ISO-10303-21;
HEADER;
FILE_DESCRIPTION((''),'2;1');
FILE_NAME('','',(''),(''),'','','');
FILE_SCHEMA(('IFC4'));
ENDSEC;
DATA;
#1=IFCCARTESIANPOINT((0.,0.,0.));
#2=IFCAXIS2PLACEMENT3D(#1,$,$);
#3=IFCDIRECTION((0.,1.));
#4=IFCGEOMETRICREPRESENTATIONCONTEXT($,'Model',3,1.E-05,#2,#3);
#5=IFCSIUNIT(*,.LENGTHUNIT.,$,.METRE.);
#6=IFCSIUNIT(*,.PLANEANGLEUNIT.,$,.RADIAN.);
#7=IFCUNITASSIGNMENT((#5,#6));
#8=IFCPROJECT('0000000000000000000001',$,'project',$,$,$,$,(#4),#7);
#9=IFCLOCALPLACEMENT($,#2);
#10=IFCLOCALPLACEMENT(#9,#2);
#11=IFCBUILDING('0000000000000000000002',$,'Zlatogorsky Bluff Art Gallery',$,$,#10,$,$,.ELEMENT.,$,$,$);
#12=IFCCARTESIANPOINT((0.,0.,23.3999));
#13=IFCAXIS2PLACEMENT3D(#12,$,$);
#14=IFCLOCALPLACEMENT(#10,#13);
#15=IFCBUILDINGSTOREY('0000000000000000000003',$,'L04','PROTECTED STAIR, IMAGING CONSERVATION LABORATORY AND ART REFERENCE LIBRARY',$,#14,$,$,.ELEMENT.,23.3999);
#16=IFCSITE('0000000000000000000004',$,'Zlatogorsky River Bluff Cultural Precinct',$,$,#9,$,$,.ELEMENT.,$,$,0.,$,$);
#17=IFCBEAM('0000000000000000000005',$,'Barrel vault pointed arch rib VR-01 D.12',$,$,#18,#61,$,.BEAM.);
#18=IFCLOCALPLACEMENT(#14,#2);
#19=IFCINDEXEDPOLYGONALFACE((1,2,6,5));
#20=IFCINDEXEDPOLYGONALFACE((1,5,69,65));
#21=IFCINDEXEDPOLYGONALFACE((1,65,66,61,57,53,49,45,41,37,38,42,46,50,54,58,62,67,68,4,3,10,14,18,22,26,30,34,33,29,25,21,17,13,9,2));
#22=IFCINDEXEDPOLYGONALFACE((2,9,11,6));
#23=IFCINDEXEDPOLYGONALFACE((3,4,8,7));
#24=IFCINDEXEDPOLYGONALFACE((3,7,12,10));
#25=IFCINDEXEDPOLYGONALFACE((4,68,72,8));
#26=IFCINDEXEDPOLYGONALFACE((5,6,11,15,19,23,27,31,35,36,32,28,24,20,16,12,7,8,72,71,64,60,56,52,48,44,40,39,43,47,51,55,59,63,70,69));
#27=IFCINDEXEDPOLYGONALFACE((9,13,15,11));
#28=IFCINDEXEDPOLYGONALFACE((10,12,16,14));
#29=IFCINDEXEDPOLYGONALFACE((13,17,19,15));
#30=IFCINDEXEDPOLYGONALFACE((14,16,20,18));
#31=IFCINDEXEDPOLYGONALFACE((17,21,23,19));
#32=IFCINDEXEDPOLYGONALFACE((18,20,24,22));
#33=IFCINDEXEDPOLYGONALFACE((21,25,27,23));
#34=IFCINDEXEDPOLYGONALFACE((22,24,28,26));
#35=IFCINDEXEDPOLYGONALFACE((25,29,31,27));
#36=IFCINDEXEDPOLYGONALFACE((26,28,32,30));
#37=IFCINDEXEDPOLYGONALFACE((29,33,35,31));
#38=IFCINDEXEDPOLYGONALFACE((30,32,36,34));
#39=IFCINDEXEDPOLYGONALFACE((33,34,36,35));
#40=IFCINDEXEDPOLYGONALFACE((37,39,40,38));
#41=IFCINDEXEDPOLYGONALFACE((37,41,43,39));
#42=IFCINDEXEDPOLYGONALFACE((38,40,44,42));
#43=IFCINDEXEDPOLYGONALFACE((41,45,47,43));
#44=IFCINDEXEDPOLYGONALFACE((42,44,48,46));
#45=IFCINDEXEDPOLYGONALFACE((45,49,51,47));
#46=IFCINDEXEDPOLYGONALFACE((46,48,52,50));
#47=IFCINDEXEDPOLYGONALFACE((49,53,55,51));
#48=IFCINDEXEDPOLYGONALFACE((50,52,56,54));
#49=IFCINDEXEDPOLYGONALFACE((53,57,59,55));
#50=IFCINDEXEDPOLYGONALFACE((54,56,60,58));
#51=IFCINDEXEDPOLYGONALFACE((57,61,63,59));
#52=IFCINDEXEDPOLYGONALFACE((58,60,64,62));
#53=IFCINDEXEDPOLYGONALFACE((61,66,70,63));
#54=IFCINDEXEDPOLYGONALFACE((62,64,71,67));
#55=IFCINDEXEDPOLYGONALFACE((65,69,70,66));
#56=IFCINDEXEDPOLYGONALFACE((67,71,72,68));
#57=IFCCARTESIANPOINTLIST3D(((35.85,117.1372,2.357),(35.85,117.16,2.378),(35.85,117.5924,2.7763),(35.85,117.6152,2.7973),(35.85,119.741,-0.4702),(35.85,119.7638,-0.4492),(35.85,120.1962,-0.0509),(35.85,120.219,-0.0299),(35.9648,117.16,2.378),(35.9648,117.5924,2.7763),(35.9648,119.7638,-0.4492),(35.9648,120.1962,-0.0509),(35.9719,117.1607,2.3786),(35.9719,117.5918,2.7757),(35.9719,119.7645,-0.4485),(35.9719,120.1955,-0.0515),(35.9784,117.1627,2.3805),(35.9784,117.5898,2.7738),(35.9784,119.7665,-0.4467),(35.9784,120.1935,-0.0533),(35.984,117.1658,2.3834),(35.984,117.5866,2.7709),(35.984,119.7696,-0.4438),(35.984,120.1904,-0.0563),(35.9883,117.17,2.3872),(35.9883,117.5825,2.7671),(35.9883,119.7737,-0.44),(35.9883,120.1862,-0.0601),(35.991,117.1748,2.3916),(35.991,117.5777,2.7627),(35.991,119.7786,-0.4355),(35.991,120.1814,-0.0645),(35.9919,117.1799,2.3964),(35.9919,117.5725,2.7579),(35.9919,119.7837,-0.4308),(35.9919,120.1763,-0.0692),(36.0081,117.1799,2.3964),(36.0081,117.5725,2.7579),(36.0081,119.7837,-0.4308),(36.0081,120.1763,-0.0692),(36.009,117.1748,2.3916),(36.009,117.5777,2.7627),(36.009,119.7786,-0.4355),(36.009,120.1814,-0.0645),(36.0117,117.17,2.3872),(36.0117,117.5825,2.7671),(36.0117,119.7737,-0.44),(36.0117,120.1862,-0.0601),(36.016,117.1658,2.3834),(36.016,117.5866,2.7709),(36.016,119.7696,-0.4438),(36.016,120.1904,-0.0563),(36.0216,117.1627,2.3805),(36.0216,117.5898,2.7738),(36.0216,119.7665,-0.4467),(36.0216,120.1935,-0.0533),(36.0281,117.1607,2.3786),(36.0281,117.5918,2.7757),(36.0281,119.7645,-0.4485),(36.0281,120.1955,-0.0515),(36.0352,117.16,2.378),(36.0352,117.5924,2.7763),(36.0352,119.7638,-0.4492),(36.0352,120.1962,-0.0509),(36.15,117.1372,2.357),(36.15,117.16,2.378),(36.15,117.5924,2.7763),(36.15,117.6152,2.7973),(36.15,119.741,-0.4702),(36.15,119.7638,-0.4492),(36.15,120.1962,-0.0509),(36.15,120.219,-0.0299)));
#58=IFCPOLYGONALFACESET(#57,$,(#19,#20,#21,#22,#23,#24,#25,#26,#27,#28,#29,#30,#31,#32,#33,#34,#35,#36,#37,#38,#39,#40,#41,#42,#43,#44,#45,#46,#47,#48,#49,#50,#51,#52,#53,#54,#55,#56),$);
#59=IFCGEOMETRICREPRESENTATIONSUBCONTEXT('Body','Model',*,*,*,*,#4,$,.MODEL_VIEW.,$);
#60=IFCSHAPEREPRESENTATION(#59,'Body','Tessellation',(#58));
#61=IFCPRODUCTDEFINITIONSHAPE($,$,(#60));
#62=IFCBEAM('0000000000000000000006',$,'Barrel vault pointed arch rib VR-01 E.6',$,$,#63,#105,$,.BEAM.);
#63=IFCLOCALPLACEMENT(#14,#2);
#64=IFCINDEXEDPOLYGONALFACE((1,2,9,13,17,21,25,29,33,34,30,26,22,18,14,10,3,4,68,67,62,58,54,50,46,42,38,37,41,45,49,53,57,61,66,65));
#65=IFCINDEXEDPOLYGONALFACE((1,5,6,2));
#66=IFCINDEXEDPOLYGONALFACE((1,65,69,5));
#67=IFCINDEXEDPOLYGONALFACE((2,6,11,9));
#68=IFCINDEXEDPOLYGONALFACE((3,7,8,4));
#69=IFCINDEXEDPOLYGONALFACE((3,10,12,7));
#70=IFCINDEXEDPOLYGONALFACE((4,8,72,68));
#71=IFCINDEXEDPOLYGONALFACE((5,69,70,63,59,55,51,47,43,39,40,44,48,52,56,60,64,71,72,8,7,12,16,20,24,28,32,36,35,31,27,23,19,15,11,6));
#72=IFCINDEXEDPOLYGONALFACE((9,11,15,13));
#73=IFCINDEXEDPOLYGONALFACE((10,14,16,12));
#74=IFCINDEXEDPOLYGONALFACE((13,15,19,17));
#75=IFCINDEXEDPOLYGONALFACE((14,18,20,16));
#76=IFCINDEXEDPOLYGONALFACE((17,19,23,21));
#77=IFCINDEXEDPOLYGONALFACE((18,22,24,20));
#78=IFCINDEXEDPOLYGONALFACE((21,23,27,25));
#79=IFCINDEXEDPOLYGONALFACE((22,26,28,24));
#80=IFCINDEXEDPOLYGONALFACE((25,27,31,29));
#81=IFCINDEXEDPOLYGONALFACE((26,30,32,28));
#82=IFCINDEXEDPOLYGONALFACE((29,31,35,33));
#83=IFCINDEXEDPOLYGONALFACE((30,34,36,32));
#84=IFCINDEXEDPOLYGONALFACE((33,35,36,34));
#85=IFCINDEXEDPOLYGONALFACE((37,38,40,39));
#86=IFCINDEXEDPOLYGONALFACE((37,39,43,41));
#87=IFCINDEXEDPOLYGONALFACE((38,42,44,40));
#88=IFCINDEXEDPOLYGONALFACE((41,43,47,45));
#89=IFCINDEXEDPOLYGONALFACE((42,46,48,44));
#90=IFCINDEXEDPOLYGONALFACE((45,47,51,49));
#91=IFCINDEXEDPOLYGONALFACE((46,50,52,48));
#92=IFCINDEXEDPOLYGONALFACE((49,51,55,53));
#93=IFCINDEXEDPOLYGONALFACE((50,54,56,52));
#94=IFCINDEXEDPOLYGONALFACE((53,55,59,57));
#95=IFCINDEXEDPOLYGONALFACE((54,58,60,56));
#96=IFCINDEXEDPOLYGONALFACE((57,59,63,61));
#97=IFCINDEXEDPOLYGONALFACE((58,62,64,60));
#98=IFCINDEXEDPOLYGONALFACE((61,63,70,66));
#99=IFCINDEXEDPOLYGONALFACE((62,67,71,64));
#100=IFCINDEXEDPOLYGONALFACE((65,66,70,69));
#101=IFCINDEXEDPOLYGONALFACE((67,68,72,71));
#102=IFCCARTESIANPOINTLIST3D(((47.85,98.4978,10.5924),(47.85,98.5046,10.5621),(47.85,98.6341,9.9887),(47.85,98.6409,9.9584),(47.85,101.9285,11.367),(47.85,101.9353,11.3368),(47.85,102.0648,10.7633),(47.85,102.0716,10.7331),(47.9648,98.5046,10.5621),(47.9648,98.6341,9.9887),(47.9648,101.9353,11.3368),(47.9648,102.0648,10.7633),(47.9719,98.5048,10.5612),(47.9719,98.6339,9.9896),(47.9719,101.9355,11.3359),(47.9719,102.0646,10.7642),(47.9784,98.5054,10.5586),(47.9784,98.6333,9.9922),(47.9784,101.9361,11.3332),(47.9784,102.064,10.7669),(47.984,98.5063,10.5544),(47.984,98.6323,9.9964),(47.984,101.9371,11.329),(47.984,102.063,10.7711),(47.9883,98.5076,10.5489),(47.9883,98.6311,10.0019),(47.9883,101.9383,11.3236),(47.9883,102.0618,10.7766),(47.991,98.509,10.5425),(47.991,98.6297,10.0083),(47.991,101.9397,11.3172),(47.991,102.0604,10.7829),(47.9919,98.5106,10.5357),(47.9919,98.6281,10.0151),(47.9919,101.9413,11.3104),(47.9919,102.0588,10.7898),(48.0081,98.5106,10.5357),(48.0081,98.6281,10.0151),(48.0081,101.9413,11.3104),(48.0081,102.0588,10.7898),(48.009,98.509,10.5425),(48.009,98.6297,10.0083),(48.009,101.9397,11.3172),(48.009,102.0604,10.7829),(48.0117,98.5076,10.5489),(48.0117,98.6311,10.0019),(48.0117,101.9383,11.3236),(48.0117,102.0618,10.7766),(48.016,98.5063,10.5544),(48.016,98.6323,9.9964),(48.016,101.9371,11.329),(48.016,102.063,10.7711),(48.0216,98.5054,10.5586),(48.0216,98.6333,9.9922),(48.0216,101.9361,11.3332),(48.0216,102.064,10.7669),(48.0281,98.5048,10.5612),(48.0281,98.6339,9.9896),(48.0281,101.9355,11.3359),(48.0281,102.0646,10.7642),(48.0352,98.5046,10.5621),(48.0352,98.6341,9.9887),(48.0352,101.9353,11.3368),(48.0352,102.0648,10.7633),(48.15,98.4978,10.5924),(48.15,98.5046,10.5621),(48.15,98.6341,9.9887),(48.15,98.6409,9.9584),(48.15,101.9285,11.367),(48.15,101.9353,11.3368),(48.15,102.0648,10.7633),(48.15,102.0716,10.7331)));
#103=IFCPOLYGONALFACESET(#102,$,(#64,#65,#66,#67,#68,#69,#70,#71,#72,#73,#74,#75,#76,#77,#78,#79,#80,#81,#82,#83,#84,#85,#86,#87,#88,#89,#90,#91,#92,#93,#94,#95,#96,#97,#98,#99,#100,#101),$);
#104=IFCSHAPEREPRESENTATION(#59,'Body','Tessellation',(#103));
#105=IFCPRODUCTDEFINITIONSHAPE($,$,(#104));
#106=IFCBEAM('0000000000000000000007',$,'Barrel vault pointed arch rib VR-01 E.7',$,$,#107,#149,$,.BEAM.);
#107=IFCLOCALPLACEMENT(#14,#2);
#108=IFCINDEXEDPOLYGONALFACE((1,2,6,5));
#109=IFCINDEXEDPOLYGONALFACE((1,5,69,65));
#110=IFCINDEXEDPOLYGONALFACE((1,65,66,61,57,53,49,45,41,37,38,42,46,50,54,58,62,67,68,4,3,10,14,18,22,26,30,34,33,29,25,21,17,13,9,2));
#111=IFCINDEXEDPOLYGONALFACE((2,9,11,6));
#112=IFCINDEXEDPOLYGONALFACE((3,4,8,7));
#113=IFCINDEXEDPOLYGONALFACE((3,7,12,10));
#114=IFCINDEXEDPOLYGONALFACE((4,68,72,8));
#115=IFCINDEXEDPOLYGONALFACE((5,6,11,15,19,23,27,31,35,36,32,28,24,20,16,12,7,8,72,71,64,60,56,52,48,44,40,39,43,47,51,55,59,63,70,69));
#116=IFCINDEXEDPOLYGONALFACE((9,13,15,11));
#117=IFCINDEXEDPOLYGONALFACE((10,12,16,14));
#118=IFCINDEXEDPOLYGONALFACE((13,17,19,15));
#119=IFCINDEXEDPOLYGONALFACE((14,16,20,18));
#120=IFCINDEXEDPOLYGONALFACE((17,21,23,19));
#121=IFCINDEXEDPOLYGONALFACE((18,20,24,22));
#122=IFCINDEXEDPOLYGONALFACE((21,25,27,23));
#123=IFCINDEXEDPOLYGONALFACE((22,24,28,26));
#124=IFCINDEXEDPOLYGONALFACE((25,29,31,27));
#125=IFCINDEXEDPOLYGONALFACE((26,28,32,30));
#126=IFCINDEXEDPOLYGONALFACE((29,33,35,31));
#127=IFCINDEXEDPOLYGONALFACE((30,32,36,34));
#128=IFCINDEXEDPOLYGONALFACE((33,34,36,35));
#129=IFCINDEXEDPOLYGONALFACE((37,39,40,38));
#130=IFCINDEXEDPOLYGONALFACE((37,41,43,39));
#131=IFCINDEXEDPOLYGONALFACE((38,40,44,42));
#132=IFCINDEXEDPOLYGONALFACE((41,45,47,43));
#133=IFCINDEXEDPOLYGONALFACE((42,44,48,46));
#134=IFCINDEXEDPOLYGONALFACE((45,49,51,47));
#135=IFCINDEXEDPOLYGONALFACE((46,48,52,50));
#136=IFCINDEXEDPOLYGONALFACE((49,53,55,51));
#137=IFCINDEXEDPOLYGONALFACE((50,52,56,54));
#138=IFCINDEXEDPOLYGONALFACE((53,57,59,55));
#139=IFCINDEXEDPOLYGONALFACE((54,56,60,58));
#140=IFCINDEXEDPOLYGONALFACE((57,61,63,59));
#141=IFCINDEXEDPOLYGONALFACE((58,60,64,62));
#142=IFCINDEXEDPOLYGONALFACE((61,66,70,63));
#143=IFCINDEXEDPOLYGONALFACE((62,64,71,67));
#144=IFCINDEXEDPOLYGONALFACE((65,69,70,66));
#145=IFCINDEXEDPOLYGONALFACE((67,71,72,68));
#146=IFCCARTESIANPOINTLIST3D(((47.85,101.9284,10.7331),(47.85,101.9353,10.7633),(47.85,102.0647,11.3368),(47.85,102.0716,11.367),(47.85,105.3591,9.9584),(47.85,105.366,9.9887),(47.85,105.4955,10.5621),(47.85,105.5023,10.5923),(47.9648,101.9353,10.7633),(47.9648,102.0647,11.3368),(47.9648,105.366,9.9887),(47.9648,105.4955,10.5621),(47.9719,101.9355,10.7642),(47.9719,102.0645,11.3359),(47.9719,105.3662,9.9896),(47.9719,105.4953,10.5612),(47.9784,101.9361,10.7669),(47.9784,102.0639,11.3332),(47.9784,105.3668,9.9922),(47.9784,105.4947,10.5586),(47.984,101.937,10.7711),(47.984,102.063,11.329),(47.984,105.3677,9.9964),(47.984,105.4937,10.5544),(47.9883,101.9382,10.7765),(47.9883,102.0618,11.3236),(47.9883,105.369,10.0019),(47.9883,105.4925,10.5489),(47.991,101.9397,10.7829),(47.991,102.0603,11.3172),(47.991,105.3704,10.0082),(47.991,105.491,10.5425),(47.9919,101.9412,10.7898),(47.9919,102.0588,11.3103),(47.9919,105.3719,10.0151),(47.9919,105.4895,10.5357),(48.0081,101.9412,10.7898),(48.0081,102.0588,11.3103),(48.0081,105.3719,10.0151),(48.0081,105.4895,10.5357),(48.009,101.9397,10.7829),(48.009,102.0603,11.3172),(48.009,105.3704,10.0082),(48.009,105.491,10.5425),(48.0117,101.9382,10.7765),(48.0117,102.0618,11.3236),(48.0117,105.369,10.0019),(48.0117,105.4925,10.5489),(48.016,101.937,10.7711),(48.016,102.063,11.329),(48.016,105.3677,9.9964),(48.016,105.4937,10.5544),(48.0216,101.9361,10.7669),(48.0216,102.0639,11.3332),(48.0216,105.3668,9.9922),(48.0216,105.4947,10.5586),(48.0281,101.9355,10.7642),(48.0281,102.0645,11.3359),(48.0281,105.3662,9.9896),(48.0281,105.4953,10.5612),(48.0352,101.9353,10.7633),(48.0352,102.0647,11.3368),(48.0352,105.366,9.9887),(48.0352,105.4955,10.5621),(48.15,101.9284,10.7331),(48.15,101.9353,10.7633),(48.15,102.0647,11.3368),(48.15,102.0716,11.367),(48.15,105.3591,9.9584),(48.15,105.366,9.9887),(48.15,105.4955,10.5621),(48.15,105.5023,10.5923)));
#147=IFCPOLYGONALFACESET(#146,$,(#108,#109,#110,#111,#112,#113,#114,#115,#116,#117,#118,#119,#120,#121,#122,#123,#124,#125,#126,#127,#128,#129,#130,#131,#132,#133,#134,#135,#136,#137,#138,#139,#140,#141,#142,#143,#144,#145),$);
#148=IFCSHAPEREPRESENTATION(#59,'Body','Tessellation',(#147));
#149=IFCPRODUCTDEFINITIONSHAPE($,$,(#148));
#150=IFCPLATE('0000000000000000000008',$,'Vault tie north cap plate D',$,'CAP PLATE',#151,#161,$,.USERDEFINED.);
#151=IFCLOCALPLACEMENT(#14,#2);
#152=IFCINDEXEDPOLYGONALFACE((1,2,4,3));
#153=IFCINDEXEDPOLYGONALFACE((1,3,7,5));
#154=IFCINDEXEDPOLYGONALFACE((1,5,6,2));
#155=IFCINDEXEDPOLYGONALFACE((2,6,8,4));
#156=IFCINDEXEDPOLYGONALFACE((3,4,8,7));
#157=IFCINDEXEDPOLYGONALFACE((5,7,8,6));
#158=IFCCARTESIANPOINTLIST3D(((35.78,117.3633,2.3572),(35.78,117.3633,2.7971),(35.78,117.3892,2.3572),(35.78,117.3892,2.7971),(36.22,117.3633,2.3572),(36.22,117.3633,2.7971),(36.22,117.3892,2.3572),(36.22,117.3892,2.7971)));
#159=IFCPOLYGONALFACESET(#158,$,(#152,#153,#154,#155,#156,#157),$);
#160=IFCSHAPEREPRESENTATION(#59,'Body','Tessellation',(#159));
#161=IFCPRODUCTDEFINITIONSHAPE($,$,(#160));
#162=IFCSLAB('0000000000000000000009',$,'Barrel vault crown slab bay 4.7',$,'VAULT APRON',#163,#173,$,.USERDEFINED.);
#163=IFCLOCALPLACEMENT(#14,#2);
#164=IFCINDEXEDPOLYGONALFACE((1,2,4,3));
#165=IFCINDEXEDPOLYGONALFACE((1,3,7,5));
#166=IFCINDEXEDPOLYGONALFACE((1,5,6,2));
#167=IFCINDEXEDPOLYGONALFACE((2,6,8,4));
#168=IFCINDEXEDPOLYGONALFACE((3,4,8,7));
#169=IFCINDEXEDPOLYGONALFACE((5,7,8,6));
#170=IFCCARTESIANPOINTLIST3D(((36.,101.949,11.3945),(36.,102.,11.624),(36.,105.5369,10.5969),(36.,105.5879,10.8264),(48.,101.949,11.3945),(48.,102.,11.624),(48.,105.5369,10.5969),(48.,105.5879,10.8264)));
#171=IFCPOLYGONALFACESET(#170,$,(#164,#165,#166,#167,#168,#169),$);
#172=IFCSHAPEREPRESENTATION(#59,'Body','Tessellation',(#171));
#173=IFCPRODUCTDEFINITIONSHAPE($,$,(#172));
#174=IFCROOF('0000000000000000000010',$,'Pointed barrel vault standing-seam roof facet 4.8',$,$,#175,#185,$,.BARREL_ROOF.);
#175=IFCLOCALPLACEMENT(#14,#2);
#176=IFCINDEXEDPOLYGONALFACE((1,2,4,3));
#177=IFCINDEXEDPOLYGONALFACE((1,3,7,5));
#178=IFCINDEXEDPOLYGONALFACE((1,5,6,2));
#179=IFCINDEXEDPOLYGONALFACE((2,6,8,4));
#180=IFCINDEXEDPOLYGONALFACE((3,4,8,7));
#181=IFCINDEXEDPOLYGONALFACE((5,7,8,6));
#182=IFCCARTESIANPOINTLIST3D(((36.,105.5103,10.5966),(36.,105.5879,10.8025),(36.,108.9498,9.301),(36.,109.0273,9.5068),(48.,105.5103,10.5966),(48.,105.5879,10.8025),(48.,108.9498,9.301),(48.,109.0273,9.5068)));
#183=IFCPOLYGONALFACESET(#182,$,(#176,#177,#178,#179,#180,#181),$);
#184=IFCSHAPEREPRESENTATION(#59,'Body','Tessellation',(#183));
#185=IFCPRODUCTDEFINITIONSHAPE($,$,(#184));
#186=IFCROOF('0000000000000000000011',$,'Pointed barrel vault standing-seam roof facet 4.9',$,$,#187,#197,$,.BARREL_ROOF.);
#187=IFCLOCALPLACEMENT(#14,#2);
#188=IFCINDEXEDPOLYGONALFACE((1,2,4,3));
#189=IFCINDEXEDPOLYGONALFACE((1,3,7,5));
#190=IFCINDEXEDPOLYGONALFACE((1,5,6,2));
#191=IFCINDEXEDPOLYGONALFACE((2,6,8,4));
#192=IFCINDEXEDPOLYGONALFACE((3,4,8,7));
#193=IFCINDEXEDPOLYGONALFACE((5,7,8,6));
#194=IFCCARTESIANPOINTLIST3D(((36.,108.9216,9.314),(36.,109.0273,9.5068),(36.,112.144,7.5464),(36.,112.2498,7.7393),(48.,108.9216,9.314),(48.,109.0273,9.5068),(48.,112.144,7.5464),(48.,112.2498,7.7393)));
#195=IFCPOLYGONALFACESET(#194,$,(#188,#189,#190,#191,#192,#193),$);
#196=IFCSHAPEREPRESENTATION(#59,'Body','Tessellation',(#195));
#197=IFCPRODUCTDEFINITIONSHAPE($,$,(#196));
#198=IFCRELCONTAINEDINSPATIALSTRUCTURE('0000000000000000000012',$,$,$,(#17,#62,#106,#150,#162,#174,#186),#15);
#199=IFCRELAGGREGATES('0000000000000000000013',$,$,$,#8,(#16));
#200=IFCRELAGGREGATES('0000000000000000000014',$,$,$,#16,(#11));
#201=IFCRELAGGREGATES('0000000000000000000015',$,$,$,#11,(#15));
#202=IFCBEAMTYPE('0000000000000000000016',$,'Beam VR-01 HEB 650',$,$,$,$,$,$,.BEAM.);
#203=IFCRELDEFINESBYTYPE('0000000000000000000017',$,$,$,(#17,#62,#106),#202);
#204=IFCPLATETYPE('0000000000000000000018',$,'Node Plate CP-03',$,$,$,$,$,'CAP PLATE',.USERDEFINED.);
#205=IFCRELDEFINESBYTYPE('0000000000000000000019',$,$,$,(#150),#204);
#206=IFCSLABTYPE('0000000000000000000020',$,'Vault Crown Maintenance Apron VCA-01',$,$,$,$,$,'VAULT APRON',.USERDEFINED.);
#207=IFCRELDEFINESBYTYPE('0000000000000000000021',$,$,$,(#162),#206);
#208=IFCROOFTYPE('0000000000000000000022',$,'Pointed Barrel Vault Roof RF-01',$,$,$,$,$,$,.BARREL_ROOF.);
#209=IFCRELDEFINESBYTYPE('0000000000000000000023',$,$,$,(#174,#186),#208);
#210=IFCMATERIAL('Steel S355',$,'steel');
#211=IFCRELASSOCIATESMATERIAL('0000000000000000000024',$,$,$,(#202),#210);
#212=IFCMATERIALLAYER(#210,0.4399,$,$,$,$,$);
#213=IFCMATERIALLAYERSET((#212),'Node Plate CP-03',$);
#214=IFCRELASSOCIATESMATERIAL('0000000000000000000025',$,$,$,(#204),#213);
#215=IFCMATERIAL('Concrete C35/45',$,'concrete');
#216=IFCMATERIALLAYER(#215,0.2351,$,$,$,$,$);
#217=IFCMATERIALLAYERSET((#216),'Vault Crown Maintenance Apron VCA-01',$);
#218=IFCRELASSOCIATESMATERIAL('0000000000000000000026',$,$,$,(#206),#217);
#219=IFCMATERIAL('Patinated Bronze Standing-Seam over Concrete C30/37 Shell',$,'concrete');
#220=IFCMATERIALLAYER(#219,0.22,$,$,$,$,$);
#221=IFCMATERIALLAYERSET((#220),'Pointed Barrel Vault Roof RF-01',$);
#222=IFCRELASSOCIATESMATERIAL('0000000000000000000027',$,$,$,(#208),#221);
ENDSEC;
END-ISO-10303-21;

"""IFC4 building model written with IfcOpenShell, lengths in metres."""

from ifc_helpers import new_model, si_unit, direction, frame, origin, origin_2d, place, context, subcontext, project, spatial, polyline, rectangle, i_section, outline, extrude, material, layer, layer_set, material_profile, profile_set, type_object, element, save


model = new_model("IFC4")

# Units and contexts
model_context = context("Model", 3, precision=1e-05, world=origin(), true_north=direction((0.0, 1.0)))
body_context = subcontext(model_context, "Body", "Model", "MODEL_VIEW")
ifc_project = project(units=[si_unit("LENGTHUNIT", "METRE"), si_unit("PLANEANGLEUNIT", "RADIAN")], contexts=[model_context])

# Site, building, storey
site_placement = place(None, origin())
site = spatial("IfcSite", under=ifc_project, at=site_placement, Name="Zlatogorsky River Bluff Cultural Precinct", CompositionType="ELEMENT", RefElevation=0.0)
building_placement = place(site_placement, origin())
building = spatial("IfcBuilding", under=site, at=building_placement, Name="Zlatogorsky Bluff Art Gallery", CompositionType="ELEMENT")
storey_placement = place(building_placement, frame((0.0, 0.0, 23.3999)))
storey = spatial("IfcBuildingStorey", under=building, at=storey_placement, Name="L04", Description="PROTECTED STAIR, IMAGING CONSERVATION LABORATORY AND ART REFERENCE LIBRARY", CompositionType="ELEMENT", Elevation=23.3999)

# Beams
ifc_material_1 = material(Name="Steel S355", Category="steel")
ifc_material_profile_1 = material_profile(ifc_material_1, i_section(OverallWidth=0.3, OverallDepth=0.6499, WebThickness=0.0161, FlangeThickness=0.031, FilletRadius=0.0271, at=origin_2d()), Name="HEB 650")
ifc_profile_set_1 = profile_set([ifc_material_profile_1], Name="Steel S355")
beam_type_1 = type_object("IfcBeamType", Name="Beam VR-01 HEB 650", PredefinedType="BEAM", material=ifc_profile_set_1)
beam_1_placement = place(storey_placement, frame((36.0, 117.3762, 2.5771), z_axis=(0.0, 0.677449, -0.73557), x_axis=(-1.0, 0.0, 0.0)))
element("IfcBeam", 1, at=beam_1_placement, inside=storey, type_object=beam_type_1, Name="Barrel vault pointed arch rib VR-01 D.12", PredefinedType="BEAM", context=body_context, shape_type="SweptSolid", body=[
    extrude(i_section(OverallWidth=0.3, OverallDepth=0.6499, WebThickness=0.0161, FlangeThickness=0.031, FilletRadius=0.0271, at=origin_2d()), origin(), (0.0, 0.0, 1.0), 3.8435),
])
for number, where, z_axis, x_axis, name in (
    (2, (48.0, 98.5693, 10.2754), (0.0, 0.975441, 0.220259), (-1.0, 0.0, 0.0), "Barrel vault pointed arch rib VR-01 E.6"),
    (3, (48.0, 102.0, 11.05), (0.0, 0.975441, -0.220259), (-1.0, 0.0, 0.0), "Barrel vault pointed arch rib VR-01 E.7"),
):
    element("IfcBeam", number, at=place(storey_placement, frame(where, z_axis=z_axis, x_axis=x_axis)), inside=storey, type_object=beam_type_1, Name=name, PredefinedType="BEAM", context=body_context, shape_type="SweptSolid", body=[
        extrude(i_section(OverallWidth=0.3, OverallDepth=0.6499, WebThickness=0.0161, FlangeThickness=0.031, FilletRadius=0.0271, at=origin_2d()), origin(), (0.0, 0.0, 1.0), 3.5171),
    ])

# Plate
ifc_layer_1 = layer(ifc_material_1, 0.4399)
ifc_layer_set_1 = layer_set([ifc_layer_1], Name="Node Plate CP-03")
plate_type = type_object("IfcPlateType", Name="Node Plate CP-03", ElementType="CAP PLATE", PredefinedType="USERDEFINED", material=ifc_layer_set_1)
plate_placement = place(storey_placement, frame((36.0, 117.3762, 2.3572), z_axis=(0.0, 0.0, 1.0), x_axis=(1.0, 0.0, 0.0)))
element("IfcPlate", 4, at=plate_placement, inside=storey, type_object=plate_type, Name="Vault tie north cap plate D", ObjectType="CAP PLATE", PredefinedType="USERDEFINED", context=body_context, shape_type="SweptSolid", body=[
    extrude(rectangle(XDim=0.4399, YDim=0.0259, at=origin_2d()), origin(), (0.0, 0.0, 1.0), 0.4399),
])

# Slab
ifc_material_2 = material(Name="Concrete C35/45", Category="concrete")
ifc_layer_2 = layer(ifc_material_2, 0.2351)
ifc_layer_set_2 = layer_set([ifc_layer_2], Name="Vault Crown Maintenance Apron VCA-01")
slab_type = type_object("IfcSlabType", Name="Vault Crown Maintenance Apron VCA-01", ElementType="VAULT APRON", PredefinedType="USERDEFINED", material=ifc_layer_set_2)
slab_placement = place(storey_placement, frame((36.0, 102.0, 11.624), z_axis=(0.0, 0.217008, 0.97617), x_axis=(1.0, 0.0, 0.0)))
element("IfcSlab", 5, at=slab_placement, inside=storey, type_object=slab_type, Name="Barrel vault crown slab bay 4.7", ObjectType="VAULT APRON", PredefinedType="USERDEFINED", context=body_context, shape_type="SweptSolid", body=[
    extrude(outline(polyline([(0.0, 0.0), (12.0, 0.0), (12.0, 3.6755), (0.0, 3.6755), (0.0, 0.0)])), origin(), (0.0, 0.0, -1.0), 0.2351),
])

# Roofs
ifc_material_3 = material(Name="Patinated Bronze Standing-Seam over Concrete C30/37 Shell", Category="concrete")
ifc_layer_3 = layer(ifc_material_3, 0.22)
ifc_layer_set_3 = layer_set([ifc_layer_3], Name="Pointed Barrel Vault Roof RF-01")
roof_type = type_object("IfcRoofType", Name="Pointed Barrel Vault Roof RF-01", PredefinedType="BARREL_ROOF", material=ifc_layer_set_3)
roof_1_placement = place(storey_placement, frame((36.0, 105.5879, 10.8025), z_axis=(0.0, 0.352521, 0.935804), x_axis=(1.0, 0.0, 0.0)))
element("IfcRoof", 6, at=roof_1_placement, inside=storey, type_object=roof_type, Name="Pointed barrel vault standing-seam roof facet 4.8", PredefinedType="BARREL_ROOF", context=body_context, shape_type="SweptSolid", body=[
    extrude(outline(polyline([(0.0, 0.0), (12.0, 0.0), (12.0, 3.6754), (0.0, 3.6754), (0.0, 0.0)])), origin(), (0.0, 0.0, -1.0), 0.22),
])
roof_2_placement = place(storey_placement, frame((36.0, 109.0273, 9.5068), z_axis=(0.0, 0.480927, 0.876761), x_axis=(1.0, 0.0, 0.0)))
element("IfcRoof", 7, at=roof_2_placement, inside=storey, type_object=roof_type, Name="Pointed barrel vault standing-seam roof facet 4.9", PredefinedType="BARREL_ROOF", context=body_context, shape_type="SweptSolid", body=[
    extrude(outline(polyline([(0.0, 0.0), (12.0, 0.0), (12.0, 3.6754), (0.0, 3.6754), (0.0, 0.0)])), origin(), (0.0, 0.0, -1.0), 0.22),
])

save(model, "model.ifc")
